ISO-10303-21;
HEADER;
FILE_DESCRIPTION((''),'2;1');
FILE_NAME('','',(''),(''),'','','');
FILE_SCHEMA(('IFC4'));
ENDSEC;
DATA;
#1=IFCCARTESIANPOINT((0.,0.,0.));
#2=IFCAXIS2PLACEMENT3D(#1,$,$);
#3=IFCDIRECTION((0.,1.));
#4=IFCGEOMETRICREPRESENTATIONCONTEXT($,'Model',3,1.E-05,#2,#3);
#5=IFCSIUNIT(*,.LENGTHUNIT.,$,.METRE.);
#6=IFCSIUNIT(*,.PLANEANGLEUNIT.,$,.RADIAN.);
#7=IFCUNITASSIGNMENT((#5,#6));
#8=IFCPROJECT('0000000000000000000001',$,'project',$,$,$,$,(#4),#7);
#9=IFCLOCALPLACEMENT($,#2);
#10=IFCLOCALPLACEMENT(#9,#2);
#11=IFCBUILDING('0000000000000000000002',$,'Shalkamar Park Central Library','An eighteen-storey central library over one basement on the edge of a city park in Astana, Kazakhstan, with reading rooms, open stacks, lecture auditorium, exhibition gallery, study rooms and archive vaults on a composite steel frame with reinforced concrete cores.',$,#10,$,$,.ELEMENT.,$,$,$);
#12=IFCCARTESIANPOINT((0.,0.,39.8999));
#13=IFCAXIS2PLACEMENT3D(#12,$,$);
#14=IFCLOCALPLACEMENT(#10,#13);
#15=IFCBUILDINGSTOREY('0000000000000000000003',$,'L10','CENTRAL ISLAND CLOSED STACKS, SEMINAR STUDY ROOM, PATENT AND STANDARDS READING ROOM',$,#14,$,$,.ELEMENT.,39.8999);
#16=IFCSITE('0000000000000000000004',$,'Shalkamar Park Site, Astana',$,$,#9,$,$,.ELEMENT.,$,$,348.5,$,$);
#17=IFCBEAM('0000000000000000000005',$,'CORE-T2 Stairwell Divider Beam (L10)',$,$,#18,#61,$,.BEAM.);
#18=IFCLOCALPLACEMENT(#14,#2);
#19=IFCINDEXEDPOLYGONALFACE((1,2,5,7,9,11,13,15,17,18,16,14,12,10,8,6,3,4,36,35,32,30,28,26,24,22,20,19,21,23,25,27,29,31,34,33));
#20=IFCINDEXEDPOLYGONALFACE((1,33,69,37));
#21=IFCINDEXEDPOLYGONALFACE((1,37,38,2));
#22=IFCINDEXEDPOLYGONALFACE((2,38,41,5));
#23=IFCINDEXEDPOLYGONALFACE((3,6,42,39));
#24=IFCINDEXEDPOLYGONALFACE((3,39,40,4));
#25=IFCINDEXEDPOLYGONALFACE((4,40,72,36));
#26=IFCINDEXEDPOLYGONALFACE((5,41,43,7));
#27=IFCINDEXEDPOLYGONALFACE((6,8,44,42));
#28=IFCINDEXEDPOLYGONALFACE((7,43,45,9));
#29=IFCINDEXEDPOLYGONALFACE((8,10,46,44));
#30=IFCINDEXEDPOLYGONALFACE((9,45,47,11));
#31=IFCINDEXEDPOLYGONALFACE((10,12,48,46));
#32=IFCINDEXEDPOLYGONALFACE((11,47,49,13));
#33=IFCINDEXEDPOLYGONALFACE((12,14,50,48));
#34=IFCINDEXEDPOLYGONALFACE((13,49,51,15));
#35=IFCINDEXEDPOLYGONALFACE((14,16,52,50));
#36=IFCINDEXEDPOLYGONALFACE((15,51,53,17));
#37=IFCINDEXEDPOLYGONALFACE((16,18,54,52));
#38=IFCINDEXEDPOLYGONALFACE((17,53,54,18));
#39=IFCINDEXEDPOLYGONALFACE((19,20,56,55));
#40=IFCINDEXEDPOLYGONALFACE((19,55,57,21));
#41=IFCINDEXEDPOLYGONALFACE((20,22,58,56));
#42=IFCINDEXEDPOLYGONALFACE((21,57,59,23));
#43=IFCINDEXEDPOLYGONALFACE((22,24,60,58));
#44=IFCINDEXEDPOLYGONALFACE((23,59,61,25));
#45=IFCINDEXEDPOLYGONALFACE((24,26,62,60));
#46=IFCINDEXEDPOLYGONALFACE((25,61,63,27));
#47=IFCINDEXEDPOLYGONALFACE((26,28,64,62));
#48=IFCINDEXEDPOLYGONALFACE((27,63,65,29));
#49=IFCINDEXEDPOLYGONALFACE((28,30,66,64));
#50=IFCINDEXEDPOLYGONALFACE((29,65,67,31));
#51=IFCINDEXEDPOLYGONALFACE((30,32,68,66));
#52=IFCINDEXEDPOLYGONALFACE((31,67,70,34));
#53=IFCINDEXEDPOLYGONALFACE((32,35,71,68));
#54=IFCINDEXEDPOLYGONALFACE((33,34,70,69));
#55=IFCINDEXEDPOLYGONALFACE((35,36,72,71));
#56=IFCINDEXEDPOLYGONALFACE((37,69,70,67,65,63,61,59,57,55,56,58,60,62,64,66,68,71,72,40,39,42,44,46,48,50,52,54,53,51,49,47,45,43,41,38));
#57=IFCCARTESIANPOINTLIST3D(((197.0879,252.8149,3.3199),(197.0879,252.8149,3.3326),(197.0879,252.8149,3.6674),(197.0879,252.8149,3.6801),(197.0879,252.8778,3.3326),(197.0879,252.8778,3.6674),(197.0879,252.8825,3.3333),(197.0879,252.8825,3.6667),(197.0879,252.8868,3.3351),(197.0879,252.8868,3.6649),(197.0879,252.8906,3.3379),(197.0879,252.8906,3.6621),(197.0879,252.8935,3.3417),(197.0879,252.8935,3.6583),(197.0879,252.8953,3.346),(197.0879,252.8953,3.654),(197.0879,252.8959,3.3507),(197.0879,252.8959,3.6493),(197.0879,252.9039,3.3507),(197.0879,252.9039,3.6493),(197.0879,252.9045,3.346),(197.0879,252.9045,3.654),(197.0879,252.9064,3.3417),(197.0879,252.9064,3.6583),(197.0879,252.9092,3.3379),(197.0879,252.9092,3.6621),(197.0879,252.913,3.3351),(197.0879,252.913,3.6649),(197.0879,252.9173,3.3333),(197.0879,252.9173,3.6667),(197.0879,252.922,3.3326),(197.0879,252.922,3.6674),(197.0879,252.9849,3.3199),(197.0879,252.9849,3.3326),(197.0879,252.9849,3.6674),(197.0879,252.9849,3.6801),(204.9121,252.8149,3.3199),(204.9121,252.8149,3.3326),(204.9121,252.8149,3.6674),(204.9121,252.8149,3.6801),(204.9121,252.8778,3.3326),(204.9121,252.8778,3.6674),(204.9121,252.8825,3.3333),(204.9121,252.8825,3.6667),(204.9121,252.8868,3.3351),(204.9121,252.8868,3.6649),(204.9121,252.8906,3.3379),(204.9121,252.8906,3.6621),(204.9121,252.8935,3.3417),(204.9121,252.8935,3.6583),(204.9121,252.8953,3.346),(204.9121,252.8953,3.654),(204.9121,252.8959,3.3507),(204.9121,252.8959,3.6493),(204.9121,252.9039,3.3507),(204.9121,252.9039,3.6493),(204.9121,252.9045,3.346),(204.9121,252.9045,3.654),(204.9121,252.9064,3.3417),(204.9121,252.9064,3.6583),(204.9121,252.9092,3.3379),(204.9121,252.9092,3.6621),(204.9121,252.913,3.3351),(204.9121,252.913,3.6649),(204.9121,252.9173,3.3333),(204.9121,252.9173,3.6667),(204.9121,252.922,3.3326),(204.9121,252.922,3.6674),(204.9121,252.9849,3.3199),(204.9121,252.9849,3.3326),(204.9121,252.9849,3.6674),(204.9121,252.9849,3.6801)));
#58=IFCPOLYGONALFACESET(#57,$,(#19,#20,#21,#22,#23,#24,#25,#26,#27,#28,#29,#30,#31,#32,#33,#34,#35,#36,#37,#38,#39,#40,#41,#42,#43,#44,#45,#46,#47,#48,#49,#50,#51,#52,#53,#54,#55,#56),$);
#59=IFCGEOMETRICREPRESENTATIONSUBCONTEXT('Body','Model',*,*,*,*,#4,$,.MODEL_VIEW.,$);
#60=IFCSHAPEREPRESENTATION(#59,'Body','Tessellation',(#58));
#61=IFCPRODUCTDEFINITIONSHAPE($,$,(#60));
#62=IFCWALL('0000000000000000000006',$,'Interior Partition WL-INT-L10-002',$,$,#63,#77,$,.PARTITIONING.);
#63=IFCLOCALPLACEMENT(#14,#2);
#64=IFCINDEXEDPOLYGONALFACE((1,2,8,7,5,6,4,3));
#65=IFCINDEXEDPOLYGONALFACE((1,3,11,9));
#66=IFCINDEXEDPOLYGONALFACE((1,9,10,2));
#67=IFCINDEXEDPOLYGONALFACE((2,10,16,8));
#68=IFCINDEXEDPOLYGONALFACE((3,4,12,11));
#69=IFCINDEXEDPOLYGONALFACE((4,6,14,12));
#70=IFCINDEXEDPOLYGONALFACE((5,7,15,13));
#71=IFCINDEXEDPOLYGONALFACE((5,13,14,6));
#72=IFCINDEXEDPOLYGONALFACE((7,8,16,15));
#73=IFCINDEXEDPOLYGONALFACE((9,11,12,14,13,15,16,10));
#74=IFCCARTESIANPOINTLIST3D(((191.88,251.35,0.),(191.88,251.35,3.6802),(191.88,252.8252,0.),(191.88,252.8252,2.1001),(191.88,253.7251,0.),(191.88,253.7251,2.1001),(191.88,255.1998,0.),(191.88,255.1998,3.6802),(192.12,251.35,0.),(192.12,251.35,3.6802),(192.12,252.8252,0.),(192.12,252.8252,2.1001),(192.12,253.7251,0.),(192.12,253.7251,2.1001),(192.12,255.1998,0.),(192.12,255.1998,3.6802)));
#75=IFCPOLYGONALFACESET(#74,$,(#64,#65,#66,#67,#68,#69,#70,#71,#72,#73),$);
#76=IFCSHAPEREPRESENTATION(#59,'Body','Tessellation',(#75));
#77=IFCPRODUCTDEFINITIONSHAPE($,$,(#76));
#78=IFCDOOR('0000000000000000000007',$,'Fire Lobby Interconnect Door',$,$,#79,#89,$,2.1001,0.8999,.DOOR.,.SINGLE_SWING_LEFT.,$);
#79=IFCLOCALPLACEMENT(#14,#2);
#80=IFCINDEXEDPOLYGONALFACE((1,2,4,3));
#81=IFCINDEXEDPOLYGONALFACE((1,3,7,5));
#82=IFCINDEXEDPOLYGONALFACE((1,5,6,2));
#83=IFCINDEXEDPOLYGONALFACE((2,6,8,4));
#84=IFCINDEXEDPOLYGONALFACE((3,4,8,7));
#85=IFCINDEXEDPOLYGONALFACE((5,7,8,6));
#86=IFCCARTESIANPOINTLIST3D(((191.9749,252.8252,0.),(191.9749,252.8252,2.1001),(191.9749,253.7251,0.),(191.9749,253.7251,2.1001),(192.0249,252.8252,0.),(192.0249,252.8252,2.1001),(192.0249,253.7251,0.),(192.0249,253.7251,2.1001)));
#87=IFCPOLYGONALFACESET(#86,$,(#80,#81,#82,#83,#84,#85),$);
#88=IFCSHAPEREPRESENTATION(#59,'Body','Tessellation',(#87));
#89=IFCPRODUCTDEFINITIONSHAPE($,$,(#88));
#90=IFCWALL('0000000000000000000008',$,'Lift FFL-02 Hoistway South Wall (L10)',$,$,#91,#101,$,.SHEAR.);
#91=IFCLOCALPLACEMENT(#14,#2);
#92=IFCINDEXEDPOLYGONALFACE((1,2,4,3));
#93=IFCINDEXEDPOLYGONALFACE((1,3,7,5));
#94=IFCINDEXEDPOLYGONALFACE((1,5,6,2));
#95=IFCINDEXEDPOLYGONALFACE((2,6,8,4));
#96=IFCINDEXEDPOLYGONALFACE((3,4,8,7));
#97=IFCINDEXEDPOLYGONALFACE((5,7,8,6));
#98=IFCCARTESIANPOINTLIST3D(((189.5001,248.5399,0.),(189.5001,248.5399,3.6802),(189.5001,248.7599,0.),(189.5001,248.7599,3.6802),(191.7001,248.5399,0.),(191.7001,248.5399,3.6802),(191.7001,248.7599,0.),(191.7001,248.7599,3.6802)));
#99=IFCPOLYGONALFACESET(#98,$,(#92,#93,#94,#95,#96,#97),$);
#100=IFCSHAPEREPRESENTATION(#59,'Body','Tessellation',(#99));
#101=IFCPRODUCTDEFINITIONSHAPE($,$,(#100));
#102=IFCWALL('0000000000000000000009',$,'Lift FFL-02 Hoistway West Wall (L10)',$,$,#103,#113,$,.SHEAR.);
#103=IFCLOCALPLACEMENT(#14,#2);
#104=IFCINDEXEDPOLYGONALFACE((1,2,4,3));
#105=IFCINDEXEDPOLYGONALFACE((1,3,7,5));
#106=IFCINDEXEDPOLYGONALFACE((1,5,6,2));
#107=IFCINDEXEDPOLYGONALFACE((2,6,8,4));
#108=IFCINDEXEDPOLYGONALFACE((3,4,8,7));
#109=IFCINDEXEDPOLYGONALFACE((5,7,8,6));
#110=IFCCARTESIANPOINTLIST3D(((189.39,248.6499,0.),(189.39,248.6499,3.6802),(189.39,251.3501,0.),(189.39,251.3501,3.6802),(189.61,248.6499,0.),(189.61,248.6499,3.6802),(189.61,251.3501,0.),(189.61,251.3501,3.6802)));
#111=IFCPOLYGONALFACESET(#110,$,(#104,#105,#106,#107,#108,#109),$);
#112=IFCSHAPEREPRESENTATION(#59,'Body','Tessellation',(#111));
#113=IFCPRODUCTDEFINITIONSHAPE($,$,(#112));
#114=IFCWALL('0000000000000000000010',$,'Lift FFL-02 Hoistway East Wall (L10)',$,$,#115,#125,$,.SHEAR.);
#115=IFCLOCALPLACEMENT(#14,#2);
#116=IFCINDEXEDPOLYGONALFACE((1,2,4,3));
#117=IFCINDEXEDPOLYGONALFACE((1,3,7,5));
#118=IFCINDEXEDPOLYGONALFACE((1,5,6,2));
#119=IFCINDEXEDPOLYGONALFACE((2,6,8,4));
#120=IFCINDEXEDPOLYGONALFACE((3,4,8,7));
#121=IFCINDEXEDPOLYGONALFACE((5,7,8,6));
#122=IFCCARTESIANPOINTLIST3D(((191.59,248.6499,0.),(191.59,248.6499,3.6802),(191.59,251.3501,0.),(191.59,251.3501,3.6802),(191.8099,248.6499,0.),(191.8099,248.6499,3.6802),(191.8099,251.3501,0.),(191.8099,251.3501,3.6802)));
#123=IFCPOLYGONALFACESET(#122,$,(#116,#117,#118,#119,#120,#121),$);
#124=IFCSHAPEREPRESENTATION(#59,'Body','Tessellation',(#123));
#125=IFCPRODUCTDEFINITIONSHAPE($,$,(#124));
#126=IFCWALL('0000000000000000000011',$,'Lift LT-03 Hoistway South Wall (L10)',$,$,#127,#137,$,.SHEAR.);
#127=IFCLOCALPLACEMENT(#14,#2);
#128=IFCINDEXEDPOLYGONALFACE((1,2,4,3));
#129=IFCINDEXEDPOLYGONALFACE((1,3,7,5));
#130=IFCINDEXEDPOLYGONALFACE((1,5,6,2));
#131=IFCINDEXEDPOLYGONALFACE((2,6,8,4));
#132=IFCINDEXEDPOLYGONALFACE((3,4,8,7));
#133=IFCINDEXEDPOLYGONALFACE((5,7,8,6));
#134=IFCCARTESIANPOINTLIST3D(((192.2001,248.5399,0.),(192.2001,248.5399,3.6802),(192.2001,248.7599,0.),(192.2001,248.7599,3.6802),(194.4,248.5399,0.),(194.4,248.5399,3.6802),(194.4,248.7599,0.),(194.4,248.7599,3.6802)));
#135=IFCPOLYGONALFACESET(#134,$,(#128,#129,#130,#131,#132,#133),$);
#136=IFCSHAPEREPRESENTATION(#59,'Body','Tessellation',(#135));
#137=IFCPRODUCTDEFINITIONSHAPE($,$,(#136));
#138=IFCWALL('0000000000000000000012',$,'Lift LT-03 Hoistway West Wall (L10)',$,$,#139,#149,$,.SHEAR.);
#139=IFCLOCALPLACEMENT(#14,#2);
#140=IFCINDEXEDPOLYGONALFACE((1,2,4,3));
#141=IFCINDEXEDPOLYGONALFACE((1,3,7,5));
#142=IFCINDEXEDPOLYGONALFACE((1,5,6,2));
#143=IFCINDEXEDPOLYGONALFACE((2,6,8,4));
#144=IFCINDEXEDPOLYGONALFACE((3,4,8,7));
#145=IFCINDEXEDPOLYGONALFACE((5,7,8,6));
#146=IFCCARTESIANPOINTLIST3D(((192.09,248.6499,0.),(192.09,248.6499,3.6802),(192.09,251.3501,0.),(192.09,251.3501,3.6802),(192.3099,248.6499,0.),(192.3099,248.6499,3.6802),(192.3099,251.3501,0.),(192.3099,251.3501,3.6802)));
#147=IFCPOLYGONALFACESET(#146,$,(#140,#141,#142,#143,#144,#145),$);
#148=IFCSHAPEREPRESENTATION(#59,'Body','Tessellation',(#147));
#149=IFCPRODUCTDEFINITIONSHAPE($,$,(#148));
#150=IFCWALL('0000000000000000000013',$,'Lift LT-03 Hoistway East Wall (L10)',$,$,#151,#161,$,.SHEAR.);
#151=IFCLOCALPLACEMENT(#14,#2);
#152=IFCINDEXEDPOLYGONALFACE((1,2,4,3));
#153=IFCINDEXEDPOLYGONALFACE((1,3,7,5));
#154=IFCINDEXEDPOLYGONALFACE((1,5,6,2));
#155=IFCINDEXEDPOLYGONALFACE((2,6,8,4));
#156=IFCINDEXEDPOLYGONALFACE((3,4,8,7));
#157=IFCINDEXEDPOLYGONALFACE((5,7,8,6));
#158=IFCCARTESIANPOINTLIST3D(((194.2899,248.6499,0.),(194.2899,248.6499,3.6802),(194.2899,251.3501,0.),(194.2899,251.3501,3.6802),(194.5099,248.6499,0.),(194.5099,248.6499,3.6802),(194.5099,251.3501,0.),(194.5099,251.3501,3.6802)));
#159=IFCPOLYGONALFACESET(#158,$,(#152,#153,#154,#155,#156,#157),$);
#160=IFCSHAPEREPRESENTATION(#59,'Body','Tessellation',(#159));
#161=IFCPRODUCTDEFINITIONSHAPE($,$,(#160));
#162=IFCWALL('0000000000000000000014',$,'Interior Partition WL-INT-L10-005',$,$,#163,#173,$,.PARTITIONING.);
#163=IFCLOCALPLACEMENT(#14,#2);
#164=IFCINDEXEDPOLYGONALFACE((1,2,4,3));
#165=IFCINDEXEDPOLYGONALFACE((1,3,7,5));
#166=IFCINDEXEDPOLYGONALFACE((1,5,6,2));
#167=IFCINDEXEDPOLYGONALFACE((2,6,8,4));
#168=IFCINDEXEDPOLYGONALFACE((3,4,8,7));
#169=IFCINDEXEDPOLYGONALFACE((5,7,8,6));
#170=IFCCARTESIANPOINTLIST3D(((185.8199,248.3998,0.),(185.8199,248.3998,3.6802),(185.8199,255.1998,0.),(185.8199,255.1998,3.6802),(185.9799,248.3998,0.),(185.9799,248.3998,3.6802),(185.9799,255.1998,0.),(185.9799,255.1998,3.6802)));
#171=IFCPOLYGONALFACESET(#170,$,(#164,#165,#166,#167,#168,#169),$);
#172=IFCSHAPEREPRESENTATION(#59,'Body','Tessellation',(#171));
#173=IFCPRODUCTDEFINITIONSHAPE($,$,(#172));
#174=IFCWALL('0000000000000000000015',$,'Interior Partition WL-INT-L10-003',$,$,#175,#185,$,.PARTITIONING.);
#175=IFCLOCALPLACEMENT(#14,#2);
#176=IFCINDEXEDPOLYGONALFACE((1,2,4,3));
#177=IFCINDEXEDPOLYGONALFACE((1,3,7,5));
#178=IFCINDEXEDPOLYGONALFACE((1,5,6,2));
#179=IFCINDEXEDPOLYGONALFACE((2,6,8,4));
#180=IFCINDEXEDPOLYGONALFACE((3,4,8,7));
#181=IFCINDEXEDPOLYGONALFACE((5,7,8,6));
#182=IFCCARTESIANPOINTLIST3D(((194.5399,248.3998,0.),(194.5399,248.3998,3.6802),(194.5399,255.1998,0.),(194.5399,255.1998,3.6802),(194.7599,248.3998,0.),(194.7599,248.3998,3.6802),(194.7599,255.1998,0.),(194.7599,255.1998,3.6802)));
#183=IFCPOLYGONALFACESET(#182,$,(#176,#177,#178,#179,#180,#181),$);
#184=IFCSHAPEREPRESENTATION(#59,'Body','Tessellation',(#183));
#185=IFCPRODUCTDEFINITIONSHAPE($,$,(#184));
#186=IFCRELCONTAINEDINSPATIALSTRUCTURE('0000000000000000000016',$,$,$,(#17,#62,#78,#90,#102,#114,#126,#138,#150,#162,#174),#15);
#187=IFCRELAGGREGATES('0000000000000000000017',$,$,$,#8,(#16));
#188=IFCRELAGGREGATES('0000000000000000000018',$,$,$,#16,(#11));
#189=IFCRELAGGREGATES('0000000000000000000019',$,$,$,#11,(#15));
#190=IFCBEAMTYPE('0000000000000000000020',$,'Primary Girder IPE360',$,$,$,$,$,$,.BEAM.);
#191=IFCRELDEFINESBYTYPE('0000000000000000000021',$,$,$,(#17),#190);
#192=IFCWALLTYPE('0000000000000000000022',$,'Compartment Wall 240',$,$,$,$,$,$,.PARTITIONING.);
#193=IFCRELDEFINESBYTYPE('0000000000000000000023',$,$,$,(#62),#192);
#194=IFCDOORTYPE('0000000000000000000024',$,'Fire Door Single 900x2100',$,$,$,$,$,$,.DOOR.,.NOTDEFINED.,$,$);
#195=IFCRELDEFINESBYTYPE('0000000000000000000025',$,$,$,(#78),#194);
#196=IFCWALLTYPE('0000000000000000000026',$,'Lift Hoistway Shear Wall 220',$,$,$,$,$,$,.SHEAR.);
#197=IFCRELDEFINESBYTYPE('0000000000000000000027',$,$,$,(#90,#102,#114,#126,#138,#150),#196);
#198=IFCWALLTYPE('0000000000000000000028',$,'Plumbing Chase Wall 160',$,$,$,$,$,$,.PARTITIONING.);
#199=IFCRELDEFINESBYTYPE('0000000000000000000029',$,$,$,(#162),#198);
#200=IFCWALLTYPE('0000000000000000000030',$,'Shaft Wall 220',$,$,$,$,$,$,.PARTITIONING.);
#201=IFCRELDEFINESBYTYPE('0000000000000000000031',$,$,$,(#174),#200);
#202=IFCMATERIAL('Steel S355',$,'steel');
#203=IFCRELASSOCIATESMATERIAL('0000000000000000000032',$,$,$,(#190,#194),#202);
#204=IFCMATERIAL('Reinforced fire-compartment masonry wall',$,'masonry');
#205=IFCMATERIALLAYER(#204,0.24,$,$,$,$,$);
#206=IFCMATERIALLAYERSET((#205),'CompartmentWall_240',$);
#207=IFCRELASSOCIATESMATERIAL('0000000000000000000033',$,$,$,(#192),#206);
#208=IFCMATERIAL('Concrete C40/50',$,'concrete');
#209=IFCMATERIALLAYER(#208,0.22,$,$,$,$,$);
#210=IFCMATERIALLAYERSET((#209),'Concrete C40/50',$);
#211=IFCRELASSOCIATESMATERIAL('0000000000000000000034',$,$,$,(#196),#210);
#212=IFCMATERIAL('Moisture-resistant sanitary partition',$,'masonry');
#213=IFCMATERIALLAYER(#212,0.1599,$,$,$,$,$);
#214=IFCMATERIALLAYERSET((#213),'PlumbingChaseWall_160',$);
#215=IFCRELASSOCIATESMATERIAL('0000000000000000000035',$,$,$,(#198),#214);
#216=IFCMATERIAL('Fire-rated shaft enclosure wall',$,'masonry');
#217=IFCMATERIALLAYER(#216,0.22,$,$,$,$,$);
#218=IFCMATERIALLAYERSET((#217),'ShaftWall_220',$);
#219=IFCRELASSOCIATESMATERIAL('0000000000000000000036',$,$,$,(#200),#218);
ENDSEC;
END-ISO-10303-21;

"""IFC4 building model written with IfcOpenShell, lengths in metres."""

from ifc_helpers import new_model, si_unit, direction, frame, frame_2d, origin, origin_2d, place, context, subcontext, project, spatial, rectangle, i_section, extrude, material, layer, layer_set, material_profile, profile_set, type_object, element, fill, save


model = new_model("IFC4")

# Units and contexts
model_context = context("Model", 3, precision=1e-05, world=origin(), true_north=direction((0.0, 1.0)))
body_context = subcontext(model_context, "Body", "Model", "MODEL_VIEW")
ifc_project = project(units=[si_unit("LENGTHUNIT", "METRE"), si_unit("PLANEANGLEUNIT", "RADIAN")], contexts=[model_context])

# Site, building, storey
site_placement = place(None, origin())
site = spatial("IfcSite", under=ifc_project, at=site_placement, Name="Shalkamar Park Site, Astana", CompositionType="ELEMENT", RefElevation=348.5)
building_placement = place(site_placement, origin())
building = spatial("IfcBuilding", under=site, at=building_placement, Name="Shalkamar Park Central Library", Description="An eighteen-storey central library over one basement on the edge of a city park in Astana, Kazakhstan, with reading rooms, open stacks, lecture auditorium, exhibition gallery, study rooms and archive vaults on a composite steel frame with reinforced concrete cores.", CompositionType="ELEMENT")
storey_placement = place(building_placement, frame((0.0, 0.0, 39.8999)))
storey = spatial("IfcBuildingStorey", under=building, at=storey_placement, Name="L10", Description="CENTRAL ISLAND CLOSED STACKS, SEMINAR STUDY ROOM, PATENT AND STANDARDS READING ROOM", CompositionType="ELEMENT", Elevation=39.8999)

# Beam
ifc_material_1 = material(Name="Steel S355", Category="steel")
ifc_material_profile_1 = material_profile(ifc_material_1, i_section(OverallWidth=0.1699, OverallDepth=0.3601, WebThickness=0.0081, FlangeThickness=0.0127, FilletRadius=0.0181, at=origin_2d()), Name="IPE 360")
ifc_profile_set_1 = profile_set([ifc_material_profile_1], Name="Steel S355")
beam_type_1 = type_object("IfcBeamType", Name="Primary Girder IPE360", PredefinedType="BEAM", material=ifc_profile_set_1)
beam_1_placement = place(storey_placement, frame((197.0879, 252.8999, 3.5), z_axis=(1.0, 0.0, 0.0), x_axis=(0.0, 1.0, 0.0)))
element("IfcBeam", 1, at=beam_1_placement, inside=storey, type_object=beam_type_1, Name="CORE-T2 Stairwell Divider Beam (L10)", PredefinedType="BEAM", context=body_context, shape_type="SweptSolid", body=[
    extrude(i_section(OverallWidth=0.1699, OverallDepth=0.3601, WebThickness=0.0081, FlangeThickness=0.0127, FilletRadius=0.0181, at=origin_2d()), origin(), (0.0, 0.0, 1.0), 7.8242),
])

# Wall, opening, door
ifc_material_2 = material(Name="Reinforced fire-compartment masonry wall", Category="masonry")
ifc_layer_1 = layer(ifc_material_2, 0.24)
ifc_layer_set_1 = layer_set([ifc_layer_1], Name="CompartmentWall_240")
wall_type_1 = type_object("IfcWallType", Name="Compartment Wall 240", PredefinedType="PARTITIONING", material=ifc_layer_set_1)
wall_1_placement = place(storey_placement, frame((192.0, 251.3501, 0.0), z_axis=(0.0, 0.0, 1.0), x_axis=(0.0, 1.0, 0.0)))
wall_1 = element("IfcWall", 2, at=wall_1_placement, inside=storey, type_object=wall_type_1, Name="Interior Partition WL-INT-L10-002", PredefinedType="PARTITIONING", context=body_context, shape_type="SweptSolid", body=[
    extrude(rectangle(XDim=3.8499, YDim=0.24, at=frame_2d((1.9248, 0.0))), origin(), (0.0, 0.0, 1.0), 3.6802),
])
opening_1_placement = place(wall_1_placement, frame((1.4751, 0.0, 0.0)))
opening_1 = element("IfcOpeningElement", 3, at=opening_1_placement, cuts=wall_1, PredefinedType="OPENING", context=body_context, shape_type="SweptSolid", body=[
    extrude(rectangle(XDim=0.8999, YDim=2.1001, at=frame_2d((0.45, 1.05))), frame((0.0, 0.1348, 0.0), z_axis=(0.0, -1.0, 0.0), x_axis=(1.0, 0.0, 0.0)), (0.0, 0.0, 1.0), 0.2698),
])
door_type_1 = type_object("IfcDoorType", Name="Fire Door Single 900x2100", OperationType="NOTDEFINED", PredefinedType="DOOR", material=ifc_material_1)
door_1_placement = place(opening_1_placement, frame((0.8999, 0.0, 0.0), z_axis=(0.0, 0.0, 1.0), x_axis=(-1.0, 0.0, 0.0)))
door_1 = element("IfcDoor", 4, at=door_1_placement, inside=storey, type_object=door_type_1, Name="Fire Lobby Interconnect Door", OperationType="SINGLE_SWING_LEFT", OverallHeight=2.1001, OverallWidth=0.8999, PredefinedType="DOOR", context=body_context, shape_type="SweptSolid", body=[
    extrude(rectangle(XDim=0.8999, YDim=2.1001, at=frame_2d((0.45, 1.05))), frame((0.0, 0.0249, 0.0), z_axis=(0.0, -1.0, 0.0), x_axis=(1.0, 0.0, 0.0)), (0.0, 0.0, 1.0), 0.05),
])
fill(opening_1, door_1)

# Walls
ifc_material_3 = material(Name="Concrete C40/50", Category="concrete")
ifc_layer_2 = layer(ifc_material_3, 0.22)
ifc_layer_set_2 = layer_set([ifc_layer_2], Name="Concrete C40/50")
wall_type_2 = type_object("IfcWallType", Name="Lift Hoistway Shear Wall 220", PredefinedType="SHEAR", material=ifc_layer_set_2)
wall_2_placement = place(storey_placement, frame((189.5, 248.6499, 0.0), z_axis=(0.0, 0.0, 1.0), x_axis=(1.0, 0.0, 0.0)))
element("IfcWall", 5, at=wall_2_placement, inside=storey, type_object=wall_type_2, Name="Lift FFL-02 Hoistway South Wall (L10)", PredefinedType="SHEAR", context=body_context, shape_type="SweptSolid", body=[
    extrude(rectangle(XDim=2.2, YDim=0.22, at=frame_2d((1.1001, 0.0))), origin(), (0.0, 0.0, 1.0), 3.6802),
])
for number, where, z_axis, x_axis, name in (
    (6, (189.5, 248.6499, 0.0), (0.0, 0.0, 1.0), (0.0, 1.0, 0.0), "Lift FFL-02 Hoistway West Wall (L10)"),
    (7, (191.7, 248.6499, 0.0), (0.0, 0.0, 1.0), (0.0, 1.0, 0.0), "Lift FFL-02 Hoistway East Wall (L10)"),
):
    element("IfcWall", number, at=place(storey_placement, frame(where, z_axis=z_axis, x_axis=x_axis)), inside=storey, type_object=wall_type_2, Name=name, PredefinedType="SHEAR", context=body_context, shape_type="SweptSolid", body=[
        extrude(rectangle(XDim=2.7002, YDim=0.22, at=frame_2d((1.3501, 0.0))), origin(), (0.0, 0.0, 1.0), 3.6802),
    ])

# Walls
wall_3_placement = place(storey_placement, frame((192.2, 248.6499, 0.0), z_axis=(0.0, 0.0, 1.0), x_axis=(1.0, 0.0, 0.0)))
element("IfcWall", 8, at=wall_3_placement, inside=storey, type_object=wall_type_2, Name="Lift LT-03 Hoistway South Wall (L10)", PredefinedType="SHEAR", context=body_context, shape_type="SweptSolid", body=[
    extrude(rectangle(XDim=2.2, YDim=0.22, at=frame_2d((1.1001, 0.0))), origin(), (0.0, 0.0, 1.0), 3.6802),
])
for number, where, z_axis, x_axis, name in (
    (9, (192.2, 248.6499, 0.0), (0.0, 0.0, 1.0), (0.0, 1.0, 0.0), "Lift LT-03 Hoistway West Wall (L10)"),
    (10, (194.3999, 248.6499, 0.0), (0.0, 0.0, 1.0), (0.0, 1.0, 0.0), "Lift LT-03 Hoistway East Wall (L10)"),
):
    element("IfcWall", number, at=place(storey_placement, frame(where, z_axis=z_axis, x_axis=x_axis)), inside=storey, type_object=wall_type_2, Name=name, PredefinedType="SHEAR", context=body_context, shape_type="SweptSolid", body=[
        extrude(rectangle(XDim=2.7002, YDim=0.22, at=frame_2d((1.3501, 0.0))), origin(), (0.0, 0.0, 1.0), 3.6802),
    ])

# Walls
ifc_material_4 = material(Name="Moisture-resistant sanitary partition", Category="masonry")
ifc_layer_3 = layer(ifc_material_4, 0.1599)
ifc_layer_set_3 = layer_set([ifc_layer_3], Name="PlumbingChaseWall_160")
wall_type_3 = type_object("IfcWallType", Name="Plumbing Chase Wall 160", PredefinedType="PARTITIONING", material=ifc_layer_set_3)
wall_4_placement = place(storey_placement, frame((185.8999, 248.3999, 0.0), z_axis=(0.0, 0.0, 1.0), x_axis=(0.0, 1.0, 0.0)))
element("IfcWall", 11, at=wall_4_placement, inside=storey, type_object=wall_type_3, Name="Interior Partition WL-INT-L10-005", PredefinedType="PARTITIONING", context=body_context, shape_type="SweptSolid", body=[
    extrude(rectangle(XDim=6.8, YDim=0.1599, at=frame_2d((3.3999, 0.0))), origin(), (0.0, 0.0, 1.0), 3.6802),
])
ifc_material_5 = material(Name="Fire-rated shaft enclosure wall", Category="masonry")
ifc_layer_4 = layer(ifc_material_5, 0.22)
ifc_layer_set_4 = layer_set([ifc_layer_4], Name="ShaftWall_220")
wall_type_4 = type_object("IfcWallType", Name="Shaft Wall 220", PredefinedType="PARTITIONING", material=ifc_layer_set_4)
for number, where, z_axis, x_axis, name in (
    (12, (194.6499, 248.3999, 0.0), (0.0, 0.0, 1.0), (0.0, 1.0, 0.0), "Interior Partition WL-INT-L10-003"),
):
    element("IfcWall", number, at=place(storey_placement, frame(where, z_axis=z_axis, x_axis=x_axis)), inside=storey, type_object=wall_type_4, Name=name, PredefinedType="PARTITIONING", context=body_context, shape_type="SweptSolid", body=[
        extrude(rectangle(XDim=6.8, YDim=0.22, at=frame_2d((3.3999, 0.0))), origin(), (0.0, 0.0, 1.0), 3.6802),
    ])

save(model, "model.ifc")
